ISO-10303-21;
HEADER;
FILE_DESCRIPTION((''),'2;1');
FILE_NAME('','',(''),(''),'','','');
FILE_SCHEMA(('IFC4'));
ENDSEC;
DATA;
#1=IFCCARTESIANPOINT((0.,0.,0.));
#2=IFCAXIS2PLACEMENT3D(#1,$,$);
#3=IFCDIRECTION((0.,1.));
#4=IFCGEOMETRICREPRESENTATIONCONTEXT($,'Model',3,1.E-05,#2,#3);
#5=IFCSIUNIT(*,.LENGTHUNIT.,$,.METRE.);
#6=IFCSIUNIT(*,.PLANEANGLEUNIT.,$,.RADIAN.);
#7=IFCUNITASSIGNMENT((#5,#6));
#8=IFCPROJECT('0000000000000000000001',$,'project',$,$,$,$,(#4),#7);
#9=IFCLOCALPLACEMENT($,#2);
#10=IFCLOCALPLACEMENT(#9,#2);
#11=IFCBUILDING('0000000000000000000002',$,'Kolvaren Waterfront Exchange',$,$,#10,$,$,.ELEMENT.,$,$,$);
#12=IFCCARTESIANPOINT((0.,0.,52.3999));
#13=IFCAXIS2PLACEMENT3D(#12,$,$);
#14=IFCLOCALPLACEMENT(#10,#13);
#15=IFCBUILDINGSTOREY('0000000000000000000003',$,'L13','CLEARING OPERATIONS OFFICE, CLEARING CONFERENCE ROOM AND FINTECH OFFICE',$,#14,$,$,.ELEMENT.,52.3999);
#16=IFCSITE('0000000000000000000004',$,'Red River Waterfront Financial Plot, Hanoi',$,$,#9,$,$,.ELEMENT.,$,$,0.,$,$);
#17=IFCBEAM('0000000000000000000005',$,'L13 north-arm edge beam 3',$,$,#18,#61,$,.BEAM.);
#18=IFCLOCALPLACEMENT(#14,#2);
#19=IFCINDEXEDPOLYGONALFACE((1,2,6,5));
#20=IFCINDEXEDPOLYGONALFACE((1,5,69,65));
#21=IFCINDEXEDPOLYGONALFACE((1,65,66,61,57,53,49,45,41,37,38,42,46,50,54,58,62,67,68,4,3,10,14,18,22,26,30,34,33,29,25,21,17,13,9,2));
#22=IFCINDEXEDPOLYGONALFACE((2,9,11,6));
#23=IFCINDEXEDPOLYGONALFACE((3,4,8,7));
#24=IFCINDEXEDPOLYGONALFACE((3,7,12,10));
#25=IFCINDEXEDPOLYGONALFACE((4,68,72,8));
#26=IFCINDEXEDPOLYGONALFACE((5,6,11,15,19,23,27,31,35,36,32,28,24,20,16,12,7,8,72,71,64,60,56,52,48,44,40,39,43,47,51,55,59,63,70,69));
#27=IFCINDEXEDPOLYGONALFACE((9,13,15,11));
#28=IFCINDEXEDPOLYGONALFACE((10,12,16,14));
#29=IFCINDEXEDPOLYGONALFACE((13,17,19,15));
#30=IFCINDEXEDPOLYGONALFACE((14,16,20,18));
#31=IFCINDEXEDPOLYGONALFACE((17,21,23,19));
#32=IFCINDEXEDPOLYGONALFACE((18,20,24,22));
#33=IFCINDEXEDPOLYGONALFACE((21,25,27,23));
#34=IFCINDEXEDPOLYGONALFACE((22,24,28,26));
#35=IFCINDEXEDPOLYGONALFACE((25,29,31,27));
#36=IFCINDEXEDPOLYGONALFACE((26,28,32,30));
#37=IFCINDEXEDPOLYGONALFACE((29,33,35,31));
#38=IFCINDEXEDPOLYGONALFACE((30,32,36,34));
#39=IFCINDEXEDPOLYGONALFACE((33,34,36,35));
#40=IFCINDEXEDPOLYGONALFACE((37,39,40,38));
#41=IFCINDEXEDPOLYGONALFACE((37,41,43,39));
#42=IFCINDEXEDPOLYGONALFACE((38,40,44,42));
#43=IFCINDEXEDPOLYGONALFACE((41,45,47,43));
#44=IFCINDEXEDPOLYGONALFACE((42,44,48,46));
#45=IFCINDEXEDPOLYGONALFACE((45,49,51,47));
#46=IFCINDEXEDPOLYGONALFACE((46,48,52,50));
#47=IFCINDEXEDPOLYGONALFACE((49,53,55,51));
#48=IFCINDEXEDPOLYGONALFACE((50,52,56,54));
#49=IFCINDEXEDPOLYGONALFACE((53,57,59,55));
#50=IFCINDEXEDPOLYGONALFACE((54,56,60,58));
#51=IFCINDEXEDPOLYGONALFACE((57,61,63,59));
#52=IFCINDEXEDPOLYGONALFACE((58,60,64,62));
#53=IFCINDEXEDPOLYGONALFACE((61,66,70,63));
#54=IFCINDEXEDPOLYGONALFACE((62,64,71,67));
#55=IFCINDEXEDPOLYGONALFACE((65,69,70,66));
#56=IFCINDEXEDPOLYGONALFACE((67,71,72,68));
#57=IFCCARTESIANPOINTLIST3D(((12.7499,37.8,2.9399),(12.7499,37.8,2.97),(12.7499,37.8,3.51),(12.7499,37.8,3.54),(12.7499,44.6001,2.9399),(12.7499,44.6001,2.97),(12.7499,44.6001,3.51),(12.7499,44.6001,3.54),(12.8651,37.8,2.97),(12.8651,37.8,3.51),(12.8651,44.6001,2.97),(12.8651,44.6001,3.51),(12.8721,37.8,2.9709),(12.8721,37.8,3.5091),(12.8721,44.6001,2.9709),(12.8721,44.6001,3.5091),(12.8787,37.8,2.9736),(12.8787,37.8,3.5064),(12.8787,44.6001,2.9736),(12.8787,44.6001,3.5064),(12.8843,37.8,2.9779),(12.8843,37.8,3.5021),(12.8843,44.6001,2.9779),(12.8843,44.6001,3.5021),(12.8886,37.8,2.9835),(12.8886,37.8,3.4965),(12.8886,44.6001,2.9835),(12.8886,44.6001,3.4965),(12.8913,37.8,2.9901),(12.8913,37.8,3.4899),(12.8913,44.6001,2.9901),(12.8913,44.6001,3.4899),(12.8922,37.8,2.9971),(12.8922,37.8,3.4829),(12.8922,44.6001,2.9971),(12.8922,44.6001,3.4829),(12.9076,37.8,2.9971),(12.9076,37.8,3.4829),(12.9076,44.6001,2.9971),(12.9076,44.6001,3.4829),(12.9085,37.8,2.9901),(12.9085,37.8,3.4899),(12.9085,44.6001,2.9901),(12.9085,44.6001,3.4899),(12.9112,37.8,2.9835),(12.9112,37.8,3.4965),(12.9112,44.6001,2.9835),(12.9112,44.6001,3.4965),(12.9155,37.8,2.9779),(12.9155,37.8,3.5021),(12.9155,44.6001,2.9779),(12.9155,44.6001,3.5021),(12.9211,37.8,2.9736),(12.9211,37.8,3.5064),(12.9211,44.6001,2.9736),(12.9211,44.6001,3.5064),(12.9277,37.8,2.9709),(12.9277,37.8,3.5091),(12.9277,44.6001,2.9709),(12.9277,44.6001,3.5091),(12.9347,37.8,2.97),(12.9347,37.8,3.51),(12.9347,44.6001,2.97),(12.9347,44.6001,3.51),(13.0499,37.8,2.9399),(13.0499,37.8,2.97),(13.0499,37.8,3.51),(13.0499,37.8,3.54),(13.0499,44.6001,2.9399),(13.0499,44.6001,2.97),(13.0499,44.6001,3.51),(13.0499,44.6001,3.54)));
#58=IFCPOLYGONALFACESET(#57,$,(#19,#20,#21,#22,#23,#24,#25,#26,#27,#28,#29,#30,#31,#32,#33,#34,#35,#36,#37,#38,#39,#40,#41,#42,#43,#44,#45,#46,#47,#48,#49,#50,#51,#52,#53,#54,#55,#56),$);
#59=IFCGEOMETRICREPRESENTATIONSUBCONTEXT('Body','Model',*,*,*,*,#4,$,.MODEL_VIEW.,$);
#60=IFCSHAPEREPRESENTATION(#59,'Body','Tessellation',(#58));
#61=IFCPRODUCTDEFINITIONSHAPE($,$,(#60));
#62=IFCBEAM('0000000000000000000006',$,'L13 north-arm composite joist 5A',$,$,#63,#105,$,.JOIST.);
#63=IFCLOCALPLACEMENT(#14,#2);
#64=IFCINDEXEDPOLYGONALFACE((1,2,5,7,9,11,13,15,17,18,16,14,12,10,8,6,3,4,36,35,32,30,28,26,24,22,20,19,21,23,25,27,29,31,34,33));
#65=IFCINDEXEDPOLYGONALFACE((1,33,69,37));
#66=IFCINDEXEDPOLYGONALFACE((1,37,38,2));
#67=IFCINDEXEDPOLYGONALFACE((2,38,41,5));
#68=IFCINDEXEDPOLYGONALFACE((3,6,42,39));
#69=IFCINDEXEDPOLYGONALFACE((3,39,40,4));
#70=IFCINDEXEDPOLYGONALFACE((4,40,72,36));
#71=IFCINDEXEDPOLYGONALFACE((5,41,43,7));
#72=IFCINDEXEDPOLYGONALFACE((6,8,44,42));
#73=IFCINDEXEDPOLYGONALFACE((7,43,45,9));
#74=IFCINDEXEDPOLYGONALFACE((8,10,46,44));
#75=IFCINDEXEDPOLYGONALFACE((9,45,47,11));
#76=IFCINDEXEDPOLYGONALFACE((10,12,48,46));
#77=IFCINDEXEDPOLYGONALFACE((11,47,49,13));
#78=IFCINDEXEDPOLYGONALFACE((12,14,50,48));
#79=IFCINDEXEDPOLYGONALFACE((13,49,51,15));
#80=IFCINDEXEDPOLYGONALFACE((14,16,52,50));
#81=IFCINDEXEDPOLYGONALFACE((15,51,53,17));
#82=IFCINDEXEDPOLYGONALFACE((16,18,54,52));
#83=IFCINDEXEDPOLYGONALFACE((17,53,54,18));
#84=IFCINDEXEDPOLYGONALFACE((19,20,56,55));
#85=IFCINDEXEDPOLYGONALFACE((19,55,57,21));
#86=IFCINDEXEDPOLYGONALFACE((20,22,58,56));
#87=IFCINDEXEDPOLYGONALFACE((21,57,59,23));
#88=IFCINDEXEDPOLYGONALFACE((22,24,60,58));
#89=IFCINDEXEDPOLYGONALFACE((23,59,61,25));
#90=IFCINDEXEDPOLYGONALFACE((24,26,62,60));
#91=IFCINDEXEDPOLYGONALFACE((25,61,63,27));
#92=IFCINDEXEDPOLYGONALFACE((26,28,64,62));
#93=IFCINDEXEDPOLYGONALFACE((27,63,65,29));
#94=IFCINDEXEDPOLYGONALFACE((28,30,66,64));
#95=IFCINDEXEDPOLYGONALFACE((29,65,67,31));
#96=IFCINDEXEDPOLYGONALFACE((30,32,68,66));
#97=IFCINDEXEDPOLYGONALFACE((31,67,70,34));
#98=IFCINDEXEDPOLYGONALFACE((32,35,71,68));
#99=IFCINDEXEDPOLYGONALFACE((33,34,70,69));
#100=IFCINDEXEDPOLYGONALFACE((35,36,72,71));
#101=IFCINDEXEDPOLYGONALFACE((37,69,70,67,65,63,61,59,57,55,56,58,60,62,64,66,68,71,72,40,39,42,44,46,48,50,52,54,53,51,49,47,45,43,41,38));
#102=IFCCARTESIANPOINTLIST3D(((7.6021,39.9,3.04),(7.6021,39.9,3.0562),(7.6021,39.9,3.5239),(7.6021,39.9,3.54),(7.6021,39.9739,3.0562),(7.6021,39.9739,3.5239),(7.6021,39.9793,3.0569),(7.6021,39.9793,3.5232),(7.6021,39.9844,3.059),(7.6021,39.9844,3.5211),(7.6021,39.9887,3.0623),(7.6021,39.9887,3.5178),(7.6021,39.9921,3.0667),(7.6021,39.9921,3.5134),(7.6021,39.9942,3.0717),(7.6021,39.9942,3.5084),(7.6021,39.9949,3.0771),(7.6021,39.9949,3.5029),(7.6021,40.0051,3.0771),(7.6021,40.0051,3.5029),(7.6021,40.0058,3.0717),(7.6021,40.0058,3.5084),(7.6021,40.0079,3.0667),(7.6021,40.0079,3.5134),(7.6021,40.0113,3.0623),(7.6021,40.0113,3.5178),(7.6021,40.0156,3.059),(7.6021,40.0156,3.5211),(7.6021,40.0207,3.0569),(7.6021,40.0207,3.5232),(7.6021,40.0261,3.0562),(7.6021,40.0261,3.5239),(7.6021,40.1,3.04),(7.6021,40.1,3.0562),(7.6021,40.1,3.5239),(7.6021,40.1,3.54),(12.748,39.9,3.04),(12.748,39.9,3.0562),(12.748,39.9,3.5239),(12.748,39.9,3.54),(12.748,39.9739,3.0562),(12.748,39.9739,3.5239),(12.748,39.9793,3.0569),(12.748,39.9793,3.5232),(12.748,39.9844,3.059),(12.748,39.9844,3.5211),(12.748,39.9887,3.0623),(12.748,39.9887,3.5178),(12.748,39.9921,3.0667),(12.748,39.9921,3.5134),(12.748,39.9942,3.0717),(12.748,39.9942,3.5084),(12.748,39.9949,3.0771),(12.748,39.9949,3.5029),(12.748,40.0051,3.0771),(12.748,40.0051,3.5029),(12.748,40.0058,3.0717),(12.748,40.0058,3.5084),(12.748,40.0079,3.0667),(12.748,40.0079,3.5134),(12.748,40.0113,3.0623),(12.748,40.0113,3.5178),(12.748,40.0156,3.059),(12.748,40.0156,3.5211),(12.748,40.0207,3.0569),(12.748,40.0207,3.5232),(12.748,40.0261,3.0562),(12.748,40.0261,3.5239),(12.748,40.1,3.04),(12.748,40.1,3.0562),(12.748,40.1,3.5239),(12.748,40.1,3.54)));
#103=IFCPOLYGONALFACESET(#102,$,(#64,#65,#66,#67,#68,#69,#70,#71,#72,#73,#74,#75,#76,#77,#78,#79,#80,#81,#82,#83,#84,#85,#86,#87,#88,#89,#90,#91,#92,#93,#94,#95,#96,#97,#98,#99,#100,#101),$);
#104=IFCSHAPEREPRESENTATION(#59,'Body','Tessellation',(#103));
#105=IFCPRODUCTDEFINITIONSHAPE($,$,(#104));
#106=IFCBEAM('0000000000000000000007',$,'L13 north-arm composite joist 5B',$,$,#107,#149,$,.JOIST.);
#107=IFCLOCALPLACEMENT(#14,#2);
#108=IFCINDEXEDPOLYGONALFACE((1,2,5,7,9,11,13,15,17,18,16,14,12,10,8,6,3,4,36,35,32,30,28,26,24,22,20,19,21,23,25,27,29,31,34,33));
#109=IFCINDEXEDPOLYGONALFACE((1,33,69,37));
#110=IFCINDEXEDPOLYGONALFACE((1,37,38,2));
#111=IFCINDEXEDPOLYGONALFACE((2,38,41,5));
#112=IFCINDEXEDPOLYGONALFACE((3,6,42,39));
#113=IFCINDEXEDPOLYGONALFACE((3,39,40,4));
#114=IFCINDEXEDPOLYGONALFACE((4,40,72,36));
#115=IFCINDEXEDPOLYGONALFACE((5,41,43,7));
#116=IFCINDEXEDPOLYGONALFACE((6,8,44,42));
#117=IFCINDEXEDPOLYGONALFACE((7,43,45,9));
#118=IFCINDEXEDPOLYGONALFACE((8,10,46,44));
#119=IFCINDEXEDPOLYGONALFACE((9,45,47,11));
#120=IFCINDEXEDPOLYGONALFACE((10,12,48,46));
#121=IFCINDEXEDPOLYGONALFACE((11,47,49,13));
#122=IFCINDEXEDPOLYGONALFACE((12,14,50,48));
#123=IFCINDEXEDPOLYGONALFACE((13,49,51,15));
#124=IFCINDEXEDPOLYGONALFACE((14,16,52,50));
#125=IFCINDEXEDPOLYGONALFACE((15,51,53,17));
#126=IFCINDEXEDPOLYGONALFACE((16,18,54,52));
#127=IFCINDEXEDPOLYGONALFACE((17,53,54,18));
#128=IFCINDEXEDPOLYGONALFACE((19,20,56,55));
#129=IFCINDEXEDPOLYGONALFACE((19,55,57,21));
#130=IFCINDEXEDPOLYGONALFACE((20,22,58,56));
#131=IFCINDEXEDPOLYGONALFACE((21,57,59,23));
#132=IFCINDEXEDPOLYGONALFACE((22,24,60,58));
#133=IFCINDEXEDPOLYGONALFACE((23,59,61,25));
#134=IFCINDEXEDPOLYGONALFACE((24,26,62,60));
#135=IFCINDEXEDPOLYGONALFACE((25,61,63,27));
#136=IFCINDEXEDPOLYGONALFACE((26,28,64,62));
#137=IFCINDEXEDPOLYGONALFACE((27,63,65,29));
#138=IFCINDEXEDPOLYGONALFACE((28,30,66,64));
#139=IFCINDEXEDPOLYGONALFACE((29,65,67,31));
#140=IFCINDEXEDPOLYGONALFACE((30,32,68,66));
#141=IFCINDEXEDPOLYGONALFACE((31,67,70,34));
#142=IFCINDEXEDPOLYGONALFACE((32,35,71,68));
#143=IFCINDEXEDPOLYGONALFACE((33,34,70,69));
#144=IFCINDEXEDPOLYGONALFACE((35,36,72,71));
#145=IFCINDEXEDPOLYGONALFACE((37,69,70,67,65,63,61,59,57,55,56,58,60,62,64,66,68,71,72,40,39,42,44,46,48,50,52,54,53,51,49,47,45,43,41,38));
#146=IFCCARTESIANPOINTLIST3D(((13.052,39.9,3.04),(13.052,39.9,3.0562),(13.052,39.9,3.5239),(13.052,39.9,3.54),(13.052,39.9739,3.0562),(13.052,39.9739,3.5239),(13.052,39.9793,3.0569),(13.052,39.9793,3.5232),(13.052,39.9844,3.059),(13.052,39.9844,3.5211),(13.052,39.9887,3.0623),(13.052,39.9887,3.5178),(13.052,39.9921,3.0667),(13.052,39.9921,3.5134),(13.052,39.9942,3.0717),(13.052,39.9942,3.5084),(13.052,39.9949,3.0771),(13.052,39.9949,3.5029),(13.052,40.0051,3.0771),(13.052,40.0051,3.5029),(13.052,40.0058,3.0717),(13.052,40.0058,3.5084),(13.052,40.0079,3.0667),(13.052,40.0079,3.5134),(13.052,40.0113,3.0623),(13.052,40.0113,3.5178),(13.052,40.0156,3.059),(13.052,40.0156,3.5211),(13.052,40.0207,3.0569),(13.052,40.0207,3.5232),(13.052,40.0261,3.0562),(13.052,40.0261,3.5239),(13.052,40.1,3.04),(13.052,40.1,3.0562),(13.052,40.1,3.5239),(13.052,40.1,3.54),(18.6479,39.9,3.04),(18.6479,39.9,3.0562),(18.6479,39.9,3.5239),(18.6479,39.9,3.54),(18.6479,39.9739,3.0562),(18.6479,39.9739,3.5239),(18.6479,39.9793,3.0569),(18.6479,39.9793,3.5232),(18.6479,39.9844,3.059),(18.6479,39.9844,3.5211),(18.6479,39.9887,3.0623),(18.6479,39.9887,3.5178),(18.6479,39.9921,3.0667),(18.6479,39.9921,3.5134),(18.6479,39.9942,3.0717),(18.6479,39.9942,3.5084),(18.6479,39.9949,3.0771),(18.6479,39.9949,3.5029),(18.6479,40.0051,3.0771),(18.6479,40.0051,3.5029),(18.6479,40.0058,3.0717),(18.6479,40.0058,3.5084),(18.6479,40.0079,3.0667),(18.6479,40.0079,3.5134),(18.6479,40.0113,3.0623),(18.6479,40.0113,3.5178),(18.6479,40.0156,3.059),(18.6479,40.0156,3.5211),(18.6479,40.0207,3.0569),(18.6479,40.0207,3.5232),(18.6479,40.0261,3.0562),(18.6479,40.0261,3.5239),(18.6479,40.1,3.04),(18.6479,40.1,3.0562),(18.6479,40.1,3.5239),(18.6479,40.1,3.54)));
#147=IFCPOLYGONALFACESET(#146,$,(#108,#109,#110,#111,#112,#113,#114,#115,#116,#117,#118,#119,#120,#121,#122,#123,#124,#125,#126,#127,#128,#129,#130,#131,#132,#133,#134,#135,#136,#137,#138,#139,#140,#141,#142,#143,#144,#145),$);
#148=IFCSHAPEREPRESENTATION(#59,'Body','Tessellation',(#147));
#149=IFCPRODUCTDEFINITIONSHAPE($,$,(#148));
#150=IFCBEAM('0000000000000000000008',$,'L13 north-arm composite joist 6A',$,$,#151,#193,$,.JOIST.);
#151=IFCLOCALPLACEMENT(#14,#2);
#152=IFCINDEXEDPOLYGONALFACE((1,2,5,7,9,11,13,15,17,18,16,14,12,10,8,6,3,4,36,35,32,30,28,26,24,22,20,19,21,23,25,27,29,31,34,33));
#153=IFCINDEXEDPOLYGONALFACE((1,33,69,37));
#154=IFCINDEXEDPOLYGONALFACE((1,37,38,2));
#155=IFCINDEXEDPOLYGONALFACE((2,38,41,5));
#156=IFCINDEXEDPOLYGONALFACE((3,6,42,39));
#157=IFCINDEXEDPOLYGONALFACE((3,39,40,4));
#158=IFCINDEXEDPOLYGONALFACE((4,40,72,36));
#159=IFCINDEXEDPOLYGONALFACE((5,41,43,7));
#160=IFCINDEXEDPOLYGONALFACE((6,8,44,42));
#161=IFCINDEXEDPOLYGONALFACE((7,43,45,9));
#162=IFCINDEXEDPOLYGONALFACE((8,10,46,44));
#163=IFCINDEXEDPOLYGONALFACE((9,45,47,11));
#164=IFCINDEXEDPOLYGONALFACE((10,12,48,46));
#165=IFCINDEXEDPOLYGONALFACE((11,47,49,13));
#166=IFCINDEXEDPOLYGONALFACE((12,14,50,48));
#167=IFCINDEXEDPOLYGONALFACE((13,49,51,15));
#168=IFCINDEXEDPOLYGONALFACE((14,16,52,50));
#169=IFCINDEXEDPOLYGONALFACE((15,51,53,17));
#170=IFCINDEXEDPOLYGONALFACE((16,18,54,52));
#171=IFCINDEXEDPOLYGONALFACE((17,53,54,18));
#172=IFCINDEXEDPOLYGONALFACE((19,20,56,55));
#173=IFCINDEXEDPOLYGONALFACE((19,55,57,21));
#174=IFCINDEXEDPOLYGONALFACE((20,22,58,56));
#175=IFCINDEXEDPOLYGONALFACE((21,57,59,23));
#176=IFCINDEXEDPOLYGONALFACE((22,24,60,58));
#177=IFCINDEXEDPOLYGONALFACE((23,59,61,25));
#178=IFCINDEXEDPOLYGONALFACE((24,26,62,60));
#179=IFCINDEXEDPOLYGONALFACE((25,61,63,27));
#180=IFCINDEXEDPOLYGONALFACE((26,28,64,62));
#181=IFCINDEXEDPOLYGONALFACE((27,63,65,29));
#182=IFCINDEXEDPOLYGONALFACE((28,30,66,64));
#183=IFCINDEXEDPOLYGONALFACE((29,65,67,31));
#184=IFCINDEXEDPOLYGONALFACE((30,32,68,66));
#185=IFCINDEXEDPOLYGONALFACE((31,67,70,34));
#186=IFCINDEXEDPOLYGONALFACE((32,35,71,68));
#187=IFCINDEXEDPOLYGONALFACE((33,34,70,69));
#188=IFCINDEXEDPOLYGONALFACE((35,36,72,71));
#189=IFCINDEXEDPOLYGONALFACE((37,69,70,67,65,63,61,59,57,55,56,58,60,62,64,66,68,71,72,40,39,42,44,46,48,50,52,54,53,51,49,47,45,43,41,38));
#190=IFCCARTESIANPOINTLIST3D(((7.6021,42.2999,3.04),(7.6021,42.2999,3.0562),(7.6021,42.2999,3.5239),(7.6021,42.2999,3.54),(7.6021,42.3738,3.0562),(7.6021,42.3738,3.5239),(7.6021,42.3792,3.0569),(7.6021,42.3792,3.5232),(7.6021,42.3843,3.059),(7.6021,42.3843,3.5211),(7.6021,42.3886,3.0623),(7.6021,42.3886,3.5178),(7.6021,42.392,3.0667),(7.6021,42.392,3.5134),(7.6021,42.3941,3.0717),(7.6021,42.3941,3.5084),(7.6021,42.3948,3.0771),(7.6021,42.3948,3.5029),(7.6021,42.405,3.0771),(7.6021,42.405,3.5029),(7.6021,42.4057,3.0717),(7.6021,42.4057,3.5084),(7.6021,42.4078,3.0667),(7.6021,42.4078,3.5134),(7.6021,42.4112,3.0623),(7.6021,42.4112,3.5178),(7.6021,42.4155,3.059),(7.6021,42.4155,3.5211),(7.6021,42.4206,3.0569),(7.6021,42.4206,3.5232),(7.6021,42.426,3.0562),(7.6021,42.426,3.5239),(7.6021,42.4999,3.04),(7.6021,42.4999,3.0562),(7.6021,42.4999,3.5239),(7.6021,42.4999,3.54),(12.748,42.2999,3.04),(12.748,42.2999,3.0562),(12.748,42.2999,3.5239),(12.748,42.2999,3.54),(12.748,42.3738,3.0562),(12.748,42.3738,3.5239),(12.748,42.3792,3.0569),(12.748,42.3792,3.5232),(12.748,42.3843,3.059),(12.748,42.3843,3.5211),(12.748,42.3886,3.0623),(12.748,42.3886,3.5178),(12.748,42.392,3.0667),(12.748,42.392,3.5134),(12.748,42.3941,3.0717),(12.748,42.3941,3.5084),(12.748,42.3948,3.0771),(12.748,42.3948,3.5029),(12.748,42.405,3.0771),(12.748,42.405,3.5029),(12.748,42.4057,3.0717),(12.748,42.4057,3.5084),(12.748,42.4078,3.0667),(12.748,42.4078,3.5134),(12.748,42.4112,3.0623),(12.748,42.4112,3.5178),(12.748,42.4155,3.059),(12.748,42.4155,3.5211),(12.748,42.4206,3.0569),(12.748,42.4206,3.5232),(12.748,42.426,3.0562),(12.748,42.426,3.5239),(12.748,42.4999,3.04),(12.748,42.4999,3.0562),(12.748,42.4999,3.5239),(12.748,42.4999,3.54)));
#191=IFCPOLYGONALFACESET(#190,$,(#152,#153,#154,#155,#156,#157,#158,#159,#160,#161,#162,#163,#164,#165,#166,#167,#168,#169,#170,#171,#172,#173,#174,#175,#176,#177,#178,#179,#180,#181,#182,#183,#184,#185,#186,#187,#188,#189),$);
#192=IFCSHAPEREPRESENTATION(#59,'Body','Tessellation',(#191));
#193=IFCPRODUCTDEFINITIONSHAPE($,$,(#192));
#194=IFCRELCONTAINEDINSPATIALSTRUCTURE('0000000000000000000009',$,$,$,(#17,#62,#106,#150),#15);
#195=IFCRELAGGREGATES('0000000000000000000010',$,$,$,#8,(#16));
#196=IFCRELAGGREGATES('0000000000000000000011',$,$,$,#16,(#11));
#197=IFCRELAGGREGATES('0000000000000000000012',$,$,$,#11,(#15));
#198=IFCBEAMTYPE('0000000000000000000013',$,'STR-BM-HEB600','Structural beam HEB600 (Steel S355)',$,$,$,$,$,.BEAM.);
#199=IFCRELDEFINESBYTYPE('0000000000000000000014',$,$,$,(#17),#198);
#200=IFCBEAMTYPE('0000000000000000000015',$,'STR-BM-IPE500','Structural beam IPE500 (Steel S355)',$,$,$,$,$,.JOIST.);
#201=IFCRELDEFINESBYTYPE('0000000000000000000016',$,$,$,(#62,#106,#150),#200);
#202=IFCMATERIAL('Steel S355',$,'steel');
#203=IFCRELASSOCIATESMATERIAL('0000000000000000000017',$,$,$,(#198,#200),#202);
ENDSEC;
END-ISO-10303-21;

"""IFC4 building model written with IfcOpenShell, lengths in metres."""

from ifc_helpers import new_model, si_unit, direction, frame, origin, origin_2d, place, context, subcontext, project, spatial, i_section, extrude, material, material_profile, profile_set, type_object, element, save


model = new_model("IFC4")

# Units and contexts
model_context = context("Model", 3, precision=1e-05, world=origin(), true_north=direction((0.0, 1.0)))
body_context = subcontext(model_context, "Body", "Model", "MODEL_VIEW")
ifc_project = project(units=[si_unit("LENGTHUNIT", "METRE"), si_unit("PLANEANGLEUNIT", "RADIAN")], contexts=[model_context])

# Site, building, storey
site_placement = place(None, origin())
site = spatial("IfcSite", under=ifc_project, at=site_placement, Name="Red River Waterfront Financial Plot, Hanoi", CompositionType="ELEMENT", RefElevation=0.0)
building_placement = place(site_placement, origin())
building = spatial("IfcBuilding", under=site, at=building_placement, Name="Kolvaren Waterfront Exchange", CompositionType="ELEMENT")
storey_placement = place(building_placement, frame((0.0, 0.0, 52.3999)))
storey = spatial("IfcBuildingStorey", under=building, at=storey_placement, Name="L13", Description="CLEARING OPERATIONS OFFICE, CLEARING CONFERENCE ROOM AND FINTECH OFFICE", CompositionType="ELEMENT", Elevation=52.3999)

# Beams
ifc_material_1 = material(Name="Steel S355", Category="steel")
ifc_material_profile_1 = material_profile(ifc_material_1, i_section(OverallWidth=0.3, OverallDepth=0.6001, WebThickness=0.0154, FlangeThickness=0.03, FilletRadius=0.0271, at=origin_2d()), Name="HEB600")
ifc_profile_set_1 = profile_set([ifc_material_profile_1], Name="Steel S355")
beam_type_1 = type_object("IfcBeamType", Name="STR-BM-HEB600", Description="Structural beam HEB600 (Steel S355)", PredefinedType="BEAM", material=ifc_profile_set_1)
beam_1_placement = place(storey_placement, frame((12.8999, 37.8, 3.24), z_axis=(0.0, 1.0, 0.0), x_axis=(-1.0, 0.0, 0.0)))
element("IfcBeam", 1, at=beam_1_placement, inside=storey, type_object=beam_type_1, Name="L13 north-arm edge beam 3", PredefinedType="BEAM", context=body_context, shape_type="SweptSolid", body=[
    extrude(i_section(OverallWidth=0.3, OverallDepth=0.6001, WebThickness=0.0154, FlangeThickness=0.03, FilletRadius=0.0271, at=origin_2d()), origin(), (0.0, 0.0, 1.0), 6.8),
])
ifc_material_profile_2 = material_profile(ifc_material_1, i_section(OverallWidth=0.2, OverallDepth=0.5, WebThickness=0.0103, FlangeThickness=0.0161, FilletRadius=0.021, at=origin_2d()), Name="IPE500")
ifc_profile_set_2 = profile_set([ifc_material_profile_2], Name="Steel S355")
beam_type_2 = type_object("IfcBeamType", Name="STR-BM-IPE500", Description="Structural beam IPE500 (Steel S355)", PredefinedType="JOIST", material=ifc_profile_set_2)
beam_2_placement = place(storey_placement, frame((7.6021, 40.0, 3.29), z_axis=(1.0, 0.0, 0.0), x_axis=(0.0, 1.0, 0.0)))
element("IfcBeam", 2, at=beam_2_placement, inside=storey, type_object=beam_type_2, Name="L13 north-arm composite joist 5A", PredefinedType="JOIST", context=body_context, shape_type="SweptSolid", body=[
    extrude(i_section(OverallWidth=0.2, OverallDepth=0.5, WebThickness=0.0103, FlangeThickness=0.0161, FilletRadius=0.021, at=origin_2d()), origin(), (0.0, 0.0, 1.0), 5.146),
])
beam_3_placement = place(storey_placement, frame((13.052, 40.0, 3.29), z_axis=(1.0, 0.0, 0.0), x_axis=(0.0, 1.0, 0.0)))
element("IfcBeam", 3, at=beam_3_placement, inside=storey, type_object=beam_type_2, Name="L13 north-arm composite joist 5B", PredefinedType="JOIST", context=body_context, shape_type="SweptSolid", body=[
    extrude(i_section(OverallWidth=0.2, OverallDepth=0.5, WebThickness=0.0103, FlangeThickness=0.0161, FilletRadius=0.021, at=origin_2d()), origin(), (0.0, 0.0, 1.0), 5.5959),
])
beam_4_placement = place(storey_placement, frame((7.6021, 42.3999, 3.29), z_axis=(1.0, 0.0, 0.0), x_axis=(0.0, 1.0, 0.0)))
element("IfcBeam", 4, at=beam_4_placement, inside=storey, type_object=beam_type_2, Name="L13 north-arm composite joist 6A", PredefinedType="JOIST", context=body_context, shape_type="SweptSolid", body=[
    extrude(i_section(OverallWidth=0.2, OverallDepth=0.5, WebThickness=0.0103, FlangeThickness=0.0161, FilletRadius=0.021, at=origin_2d()), origin(), (0.0, 0.0, 1.0), 5.146),
])

save(model, "model.ifc")
